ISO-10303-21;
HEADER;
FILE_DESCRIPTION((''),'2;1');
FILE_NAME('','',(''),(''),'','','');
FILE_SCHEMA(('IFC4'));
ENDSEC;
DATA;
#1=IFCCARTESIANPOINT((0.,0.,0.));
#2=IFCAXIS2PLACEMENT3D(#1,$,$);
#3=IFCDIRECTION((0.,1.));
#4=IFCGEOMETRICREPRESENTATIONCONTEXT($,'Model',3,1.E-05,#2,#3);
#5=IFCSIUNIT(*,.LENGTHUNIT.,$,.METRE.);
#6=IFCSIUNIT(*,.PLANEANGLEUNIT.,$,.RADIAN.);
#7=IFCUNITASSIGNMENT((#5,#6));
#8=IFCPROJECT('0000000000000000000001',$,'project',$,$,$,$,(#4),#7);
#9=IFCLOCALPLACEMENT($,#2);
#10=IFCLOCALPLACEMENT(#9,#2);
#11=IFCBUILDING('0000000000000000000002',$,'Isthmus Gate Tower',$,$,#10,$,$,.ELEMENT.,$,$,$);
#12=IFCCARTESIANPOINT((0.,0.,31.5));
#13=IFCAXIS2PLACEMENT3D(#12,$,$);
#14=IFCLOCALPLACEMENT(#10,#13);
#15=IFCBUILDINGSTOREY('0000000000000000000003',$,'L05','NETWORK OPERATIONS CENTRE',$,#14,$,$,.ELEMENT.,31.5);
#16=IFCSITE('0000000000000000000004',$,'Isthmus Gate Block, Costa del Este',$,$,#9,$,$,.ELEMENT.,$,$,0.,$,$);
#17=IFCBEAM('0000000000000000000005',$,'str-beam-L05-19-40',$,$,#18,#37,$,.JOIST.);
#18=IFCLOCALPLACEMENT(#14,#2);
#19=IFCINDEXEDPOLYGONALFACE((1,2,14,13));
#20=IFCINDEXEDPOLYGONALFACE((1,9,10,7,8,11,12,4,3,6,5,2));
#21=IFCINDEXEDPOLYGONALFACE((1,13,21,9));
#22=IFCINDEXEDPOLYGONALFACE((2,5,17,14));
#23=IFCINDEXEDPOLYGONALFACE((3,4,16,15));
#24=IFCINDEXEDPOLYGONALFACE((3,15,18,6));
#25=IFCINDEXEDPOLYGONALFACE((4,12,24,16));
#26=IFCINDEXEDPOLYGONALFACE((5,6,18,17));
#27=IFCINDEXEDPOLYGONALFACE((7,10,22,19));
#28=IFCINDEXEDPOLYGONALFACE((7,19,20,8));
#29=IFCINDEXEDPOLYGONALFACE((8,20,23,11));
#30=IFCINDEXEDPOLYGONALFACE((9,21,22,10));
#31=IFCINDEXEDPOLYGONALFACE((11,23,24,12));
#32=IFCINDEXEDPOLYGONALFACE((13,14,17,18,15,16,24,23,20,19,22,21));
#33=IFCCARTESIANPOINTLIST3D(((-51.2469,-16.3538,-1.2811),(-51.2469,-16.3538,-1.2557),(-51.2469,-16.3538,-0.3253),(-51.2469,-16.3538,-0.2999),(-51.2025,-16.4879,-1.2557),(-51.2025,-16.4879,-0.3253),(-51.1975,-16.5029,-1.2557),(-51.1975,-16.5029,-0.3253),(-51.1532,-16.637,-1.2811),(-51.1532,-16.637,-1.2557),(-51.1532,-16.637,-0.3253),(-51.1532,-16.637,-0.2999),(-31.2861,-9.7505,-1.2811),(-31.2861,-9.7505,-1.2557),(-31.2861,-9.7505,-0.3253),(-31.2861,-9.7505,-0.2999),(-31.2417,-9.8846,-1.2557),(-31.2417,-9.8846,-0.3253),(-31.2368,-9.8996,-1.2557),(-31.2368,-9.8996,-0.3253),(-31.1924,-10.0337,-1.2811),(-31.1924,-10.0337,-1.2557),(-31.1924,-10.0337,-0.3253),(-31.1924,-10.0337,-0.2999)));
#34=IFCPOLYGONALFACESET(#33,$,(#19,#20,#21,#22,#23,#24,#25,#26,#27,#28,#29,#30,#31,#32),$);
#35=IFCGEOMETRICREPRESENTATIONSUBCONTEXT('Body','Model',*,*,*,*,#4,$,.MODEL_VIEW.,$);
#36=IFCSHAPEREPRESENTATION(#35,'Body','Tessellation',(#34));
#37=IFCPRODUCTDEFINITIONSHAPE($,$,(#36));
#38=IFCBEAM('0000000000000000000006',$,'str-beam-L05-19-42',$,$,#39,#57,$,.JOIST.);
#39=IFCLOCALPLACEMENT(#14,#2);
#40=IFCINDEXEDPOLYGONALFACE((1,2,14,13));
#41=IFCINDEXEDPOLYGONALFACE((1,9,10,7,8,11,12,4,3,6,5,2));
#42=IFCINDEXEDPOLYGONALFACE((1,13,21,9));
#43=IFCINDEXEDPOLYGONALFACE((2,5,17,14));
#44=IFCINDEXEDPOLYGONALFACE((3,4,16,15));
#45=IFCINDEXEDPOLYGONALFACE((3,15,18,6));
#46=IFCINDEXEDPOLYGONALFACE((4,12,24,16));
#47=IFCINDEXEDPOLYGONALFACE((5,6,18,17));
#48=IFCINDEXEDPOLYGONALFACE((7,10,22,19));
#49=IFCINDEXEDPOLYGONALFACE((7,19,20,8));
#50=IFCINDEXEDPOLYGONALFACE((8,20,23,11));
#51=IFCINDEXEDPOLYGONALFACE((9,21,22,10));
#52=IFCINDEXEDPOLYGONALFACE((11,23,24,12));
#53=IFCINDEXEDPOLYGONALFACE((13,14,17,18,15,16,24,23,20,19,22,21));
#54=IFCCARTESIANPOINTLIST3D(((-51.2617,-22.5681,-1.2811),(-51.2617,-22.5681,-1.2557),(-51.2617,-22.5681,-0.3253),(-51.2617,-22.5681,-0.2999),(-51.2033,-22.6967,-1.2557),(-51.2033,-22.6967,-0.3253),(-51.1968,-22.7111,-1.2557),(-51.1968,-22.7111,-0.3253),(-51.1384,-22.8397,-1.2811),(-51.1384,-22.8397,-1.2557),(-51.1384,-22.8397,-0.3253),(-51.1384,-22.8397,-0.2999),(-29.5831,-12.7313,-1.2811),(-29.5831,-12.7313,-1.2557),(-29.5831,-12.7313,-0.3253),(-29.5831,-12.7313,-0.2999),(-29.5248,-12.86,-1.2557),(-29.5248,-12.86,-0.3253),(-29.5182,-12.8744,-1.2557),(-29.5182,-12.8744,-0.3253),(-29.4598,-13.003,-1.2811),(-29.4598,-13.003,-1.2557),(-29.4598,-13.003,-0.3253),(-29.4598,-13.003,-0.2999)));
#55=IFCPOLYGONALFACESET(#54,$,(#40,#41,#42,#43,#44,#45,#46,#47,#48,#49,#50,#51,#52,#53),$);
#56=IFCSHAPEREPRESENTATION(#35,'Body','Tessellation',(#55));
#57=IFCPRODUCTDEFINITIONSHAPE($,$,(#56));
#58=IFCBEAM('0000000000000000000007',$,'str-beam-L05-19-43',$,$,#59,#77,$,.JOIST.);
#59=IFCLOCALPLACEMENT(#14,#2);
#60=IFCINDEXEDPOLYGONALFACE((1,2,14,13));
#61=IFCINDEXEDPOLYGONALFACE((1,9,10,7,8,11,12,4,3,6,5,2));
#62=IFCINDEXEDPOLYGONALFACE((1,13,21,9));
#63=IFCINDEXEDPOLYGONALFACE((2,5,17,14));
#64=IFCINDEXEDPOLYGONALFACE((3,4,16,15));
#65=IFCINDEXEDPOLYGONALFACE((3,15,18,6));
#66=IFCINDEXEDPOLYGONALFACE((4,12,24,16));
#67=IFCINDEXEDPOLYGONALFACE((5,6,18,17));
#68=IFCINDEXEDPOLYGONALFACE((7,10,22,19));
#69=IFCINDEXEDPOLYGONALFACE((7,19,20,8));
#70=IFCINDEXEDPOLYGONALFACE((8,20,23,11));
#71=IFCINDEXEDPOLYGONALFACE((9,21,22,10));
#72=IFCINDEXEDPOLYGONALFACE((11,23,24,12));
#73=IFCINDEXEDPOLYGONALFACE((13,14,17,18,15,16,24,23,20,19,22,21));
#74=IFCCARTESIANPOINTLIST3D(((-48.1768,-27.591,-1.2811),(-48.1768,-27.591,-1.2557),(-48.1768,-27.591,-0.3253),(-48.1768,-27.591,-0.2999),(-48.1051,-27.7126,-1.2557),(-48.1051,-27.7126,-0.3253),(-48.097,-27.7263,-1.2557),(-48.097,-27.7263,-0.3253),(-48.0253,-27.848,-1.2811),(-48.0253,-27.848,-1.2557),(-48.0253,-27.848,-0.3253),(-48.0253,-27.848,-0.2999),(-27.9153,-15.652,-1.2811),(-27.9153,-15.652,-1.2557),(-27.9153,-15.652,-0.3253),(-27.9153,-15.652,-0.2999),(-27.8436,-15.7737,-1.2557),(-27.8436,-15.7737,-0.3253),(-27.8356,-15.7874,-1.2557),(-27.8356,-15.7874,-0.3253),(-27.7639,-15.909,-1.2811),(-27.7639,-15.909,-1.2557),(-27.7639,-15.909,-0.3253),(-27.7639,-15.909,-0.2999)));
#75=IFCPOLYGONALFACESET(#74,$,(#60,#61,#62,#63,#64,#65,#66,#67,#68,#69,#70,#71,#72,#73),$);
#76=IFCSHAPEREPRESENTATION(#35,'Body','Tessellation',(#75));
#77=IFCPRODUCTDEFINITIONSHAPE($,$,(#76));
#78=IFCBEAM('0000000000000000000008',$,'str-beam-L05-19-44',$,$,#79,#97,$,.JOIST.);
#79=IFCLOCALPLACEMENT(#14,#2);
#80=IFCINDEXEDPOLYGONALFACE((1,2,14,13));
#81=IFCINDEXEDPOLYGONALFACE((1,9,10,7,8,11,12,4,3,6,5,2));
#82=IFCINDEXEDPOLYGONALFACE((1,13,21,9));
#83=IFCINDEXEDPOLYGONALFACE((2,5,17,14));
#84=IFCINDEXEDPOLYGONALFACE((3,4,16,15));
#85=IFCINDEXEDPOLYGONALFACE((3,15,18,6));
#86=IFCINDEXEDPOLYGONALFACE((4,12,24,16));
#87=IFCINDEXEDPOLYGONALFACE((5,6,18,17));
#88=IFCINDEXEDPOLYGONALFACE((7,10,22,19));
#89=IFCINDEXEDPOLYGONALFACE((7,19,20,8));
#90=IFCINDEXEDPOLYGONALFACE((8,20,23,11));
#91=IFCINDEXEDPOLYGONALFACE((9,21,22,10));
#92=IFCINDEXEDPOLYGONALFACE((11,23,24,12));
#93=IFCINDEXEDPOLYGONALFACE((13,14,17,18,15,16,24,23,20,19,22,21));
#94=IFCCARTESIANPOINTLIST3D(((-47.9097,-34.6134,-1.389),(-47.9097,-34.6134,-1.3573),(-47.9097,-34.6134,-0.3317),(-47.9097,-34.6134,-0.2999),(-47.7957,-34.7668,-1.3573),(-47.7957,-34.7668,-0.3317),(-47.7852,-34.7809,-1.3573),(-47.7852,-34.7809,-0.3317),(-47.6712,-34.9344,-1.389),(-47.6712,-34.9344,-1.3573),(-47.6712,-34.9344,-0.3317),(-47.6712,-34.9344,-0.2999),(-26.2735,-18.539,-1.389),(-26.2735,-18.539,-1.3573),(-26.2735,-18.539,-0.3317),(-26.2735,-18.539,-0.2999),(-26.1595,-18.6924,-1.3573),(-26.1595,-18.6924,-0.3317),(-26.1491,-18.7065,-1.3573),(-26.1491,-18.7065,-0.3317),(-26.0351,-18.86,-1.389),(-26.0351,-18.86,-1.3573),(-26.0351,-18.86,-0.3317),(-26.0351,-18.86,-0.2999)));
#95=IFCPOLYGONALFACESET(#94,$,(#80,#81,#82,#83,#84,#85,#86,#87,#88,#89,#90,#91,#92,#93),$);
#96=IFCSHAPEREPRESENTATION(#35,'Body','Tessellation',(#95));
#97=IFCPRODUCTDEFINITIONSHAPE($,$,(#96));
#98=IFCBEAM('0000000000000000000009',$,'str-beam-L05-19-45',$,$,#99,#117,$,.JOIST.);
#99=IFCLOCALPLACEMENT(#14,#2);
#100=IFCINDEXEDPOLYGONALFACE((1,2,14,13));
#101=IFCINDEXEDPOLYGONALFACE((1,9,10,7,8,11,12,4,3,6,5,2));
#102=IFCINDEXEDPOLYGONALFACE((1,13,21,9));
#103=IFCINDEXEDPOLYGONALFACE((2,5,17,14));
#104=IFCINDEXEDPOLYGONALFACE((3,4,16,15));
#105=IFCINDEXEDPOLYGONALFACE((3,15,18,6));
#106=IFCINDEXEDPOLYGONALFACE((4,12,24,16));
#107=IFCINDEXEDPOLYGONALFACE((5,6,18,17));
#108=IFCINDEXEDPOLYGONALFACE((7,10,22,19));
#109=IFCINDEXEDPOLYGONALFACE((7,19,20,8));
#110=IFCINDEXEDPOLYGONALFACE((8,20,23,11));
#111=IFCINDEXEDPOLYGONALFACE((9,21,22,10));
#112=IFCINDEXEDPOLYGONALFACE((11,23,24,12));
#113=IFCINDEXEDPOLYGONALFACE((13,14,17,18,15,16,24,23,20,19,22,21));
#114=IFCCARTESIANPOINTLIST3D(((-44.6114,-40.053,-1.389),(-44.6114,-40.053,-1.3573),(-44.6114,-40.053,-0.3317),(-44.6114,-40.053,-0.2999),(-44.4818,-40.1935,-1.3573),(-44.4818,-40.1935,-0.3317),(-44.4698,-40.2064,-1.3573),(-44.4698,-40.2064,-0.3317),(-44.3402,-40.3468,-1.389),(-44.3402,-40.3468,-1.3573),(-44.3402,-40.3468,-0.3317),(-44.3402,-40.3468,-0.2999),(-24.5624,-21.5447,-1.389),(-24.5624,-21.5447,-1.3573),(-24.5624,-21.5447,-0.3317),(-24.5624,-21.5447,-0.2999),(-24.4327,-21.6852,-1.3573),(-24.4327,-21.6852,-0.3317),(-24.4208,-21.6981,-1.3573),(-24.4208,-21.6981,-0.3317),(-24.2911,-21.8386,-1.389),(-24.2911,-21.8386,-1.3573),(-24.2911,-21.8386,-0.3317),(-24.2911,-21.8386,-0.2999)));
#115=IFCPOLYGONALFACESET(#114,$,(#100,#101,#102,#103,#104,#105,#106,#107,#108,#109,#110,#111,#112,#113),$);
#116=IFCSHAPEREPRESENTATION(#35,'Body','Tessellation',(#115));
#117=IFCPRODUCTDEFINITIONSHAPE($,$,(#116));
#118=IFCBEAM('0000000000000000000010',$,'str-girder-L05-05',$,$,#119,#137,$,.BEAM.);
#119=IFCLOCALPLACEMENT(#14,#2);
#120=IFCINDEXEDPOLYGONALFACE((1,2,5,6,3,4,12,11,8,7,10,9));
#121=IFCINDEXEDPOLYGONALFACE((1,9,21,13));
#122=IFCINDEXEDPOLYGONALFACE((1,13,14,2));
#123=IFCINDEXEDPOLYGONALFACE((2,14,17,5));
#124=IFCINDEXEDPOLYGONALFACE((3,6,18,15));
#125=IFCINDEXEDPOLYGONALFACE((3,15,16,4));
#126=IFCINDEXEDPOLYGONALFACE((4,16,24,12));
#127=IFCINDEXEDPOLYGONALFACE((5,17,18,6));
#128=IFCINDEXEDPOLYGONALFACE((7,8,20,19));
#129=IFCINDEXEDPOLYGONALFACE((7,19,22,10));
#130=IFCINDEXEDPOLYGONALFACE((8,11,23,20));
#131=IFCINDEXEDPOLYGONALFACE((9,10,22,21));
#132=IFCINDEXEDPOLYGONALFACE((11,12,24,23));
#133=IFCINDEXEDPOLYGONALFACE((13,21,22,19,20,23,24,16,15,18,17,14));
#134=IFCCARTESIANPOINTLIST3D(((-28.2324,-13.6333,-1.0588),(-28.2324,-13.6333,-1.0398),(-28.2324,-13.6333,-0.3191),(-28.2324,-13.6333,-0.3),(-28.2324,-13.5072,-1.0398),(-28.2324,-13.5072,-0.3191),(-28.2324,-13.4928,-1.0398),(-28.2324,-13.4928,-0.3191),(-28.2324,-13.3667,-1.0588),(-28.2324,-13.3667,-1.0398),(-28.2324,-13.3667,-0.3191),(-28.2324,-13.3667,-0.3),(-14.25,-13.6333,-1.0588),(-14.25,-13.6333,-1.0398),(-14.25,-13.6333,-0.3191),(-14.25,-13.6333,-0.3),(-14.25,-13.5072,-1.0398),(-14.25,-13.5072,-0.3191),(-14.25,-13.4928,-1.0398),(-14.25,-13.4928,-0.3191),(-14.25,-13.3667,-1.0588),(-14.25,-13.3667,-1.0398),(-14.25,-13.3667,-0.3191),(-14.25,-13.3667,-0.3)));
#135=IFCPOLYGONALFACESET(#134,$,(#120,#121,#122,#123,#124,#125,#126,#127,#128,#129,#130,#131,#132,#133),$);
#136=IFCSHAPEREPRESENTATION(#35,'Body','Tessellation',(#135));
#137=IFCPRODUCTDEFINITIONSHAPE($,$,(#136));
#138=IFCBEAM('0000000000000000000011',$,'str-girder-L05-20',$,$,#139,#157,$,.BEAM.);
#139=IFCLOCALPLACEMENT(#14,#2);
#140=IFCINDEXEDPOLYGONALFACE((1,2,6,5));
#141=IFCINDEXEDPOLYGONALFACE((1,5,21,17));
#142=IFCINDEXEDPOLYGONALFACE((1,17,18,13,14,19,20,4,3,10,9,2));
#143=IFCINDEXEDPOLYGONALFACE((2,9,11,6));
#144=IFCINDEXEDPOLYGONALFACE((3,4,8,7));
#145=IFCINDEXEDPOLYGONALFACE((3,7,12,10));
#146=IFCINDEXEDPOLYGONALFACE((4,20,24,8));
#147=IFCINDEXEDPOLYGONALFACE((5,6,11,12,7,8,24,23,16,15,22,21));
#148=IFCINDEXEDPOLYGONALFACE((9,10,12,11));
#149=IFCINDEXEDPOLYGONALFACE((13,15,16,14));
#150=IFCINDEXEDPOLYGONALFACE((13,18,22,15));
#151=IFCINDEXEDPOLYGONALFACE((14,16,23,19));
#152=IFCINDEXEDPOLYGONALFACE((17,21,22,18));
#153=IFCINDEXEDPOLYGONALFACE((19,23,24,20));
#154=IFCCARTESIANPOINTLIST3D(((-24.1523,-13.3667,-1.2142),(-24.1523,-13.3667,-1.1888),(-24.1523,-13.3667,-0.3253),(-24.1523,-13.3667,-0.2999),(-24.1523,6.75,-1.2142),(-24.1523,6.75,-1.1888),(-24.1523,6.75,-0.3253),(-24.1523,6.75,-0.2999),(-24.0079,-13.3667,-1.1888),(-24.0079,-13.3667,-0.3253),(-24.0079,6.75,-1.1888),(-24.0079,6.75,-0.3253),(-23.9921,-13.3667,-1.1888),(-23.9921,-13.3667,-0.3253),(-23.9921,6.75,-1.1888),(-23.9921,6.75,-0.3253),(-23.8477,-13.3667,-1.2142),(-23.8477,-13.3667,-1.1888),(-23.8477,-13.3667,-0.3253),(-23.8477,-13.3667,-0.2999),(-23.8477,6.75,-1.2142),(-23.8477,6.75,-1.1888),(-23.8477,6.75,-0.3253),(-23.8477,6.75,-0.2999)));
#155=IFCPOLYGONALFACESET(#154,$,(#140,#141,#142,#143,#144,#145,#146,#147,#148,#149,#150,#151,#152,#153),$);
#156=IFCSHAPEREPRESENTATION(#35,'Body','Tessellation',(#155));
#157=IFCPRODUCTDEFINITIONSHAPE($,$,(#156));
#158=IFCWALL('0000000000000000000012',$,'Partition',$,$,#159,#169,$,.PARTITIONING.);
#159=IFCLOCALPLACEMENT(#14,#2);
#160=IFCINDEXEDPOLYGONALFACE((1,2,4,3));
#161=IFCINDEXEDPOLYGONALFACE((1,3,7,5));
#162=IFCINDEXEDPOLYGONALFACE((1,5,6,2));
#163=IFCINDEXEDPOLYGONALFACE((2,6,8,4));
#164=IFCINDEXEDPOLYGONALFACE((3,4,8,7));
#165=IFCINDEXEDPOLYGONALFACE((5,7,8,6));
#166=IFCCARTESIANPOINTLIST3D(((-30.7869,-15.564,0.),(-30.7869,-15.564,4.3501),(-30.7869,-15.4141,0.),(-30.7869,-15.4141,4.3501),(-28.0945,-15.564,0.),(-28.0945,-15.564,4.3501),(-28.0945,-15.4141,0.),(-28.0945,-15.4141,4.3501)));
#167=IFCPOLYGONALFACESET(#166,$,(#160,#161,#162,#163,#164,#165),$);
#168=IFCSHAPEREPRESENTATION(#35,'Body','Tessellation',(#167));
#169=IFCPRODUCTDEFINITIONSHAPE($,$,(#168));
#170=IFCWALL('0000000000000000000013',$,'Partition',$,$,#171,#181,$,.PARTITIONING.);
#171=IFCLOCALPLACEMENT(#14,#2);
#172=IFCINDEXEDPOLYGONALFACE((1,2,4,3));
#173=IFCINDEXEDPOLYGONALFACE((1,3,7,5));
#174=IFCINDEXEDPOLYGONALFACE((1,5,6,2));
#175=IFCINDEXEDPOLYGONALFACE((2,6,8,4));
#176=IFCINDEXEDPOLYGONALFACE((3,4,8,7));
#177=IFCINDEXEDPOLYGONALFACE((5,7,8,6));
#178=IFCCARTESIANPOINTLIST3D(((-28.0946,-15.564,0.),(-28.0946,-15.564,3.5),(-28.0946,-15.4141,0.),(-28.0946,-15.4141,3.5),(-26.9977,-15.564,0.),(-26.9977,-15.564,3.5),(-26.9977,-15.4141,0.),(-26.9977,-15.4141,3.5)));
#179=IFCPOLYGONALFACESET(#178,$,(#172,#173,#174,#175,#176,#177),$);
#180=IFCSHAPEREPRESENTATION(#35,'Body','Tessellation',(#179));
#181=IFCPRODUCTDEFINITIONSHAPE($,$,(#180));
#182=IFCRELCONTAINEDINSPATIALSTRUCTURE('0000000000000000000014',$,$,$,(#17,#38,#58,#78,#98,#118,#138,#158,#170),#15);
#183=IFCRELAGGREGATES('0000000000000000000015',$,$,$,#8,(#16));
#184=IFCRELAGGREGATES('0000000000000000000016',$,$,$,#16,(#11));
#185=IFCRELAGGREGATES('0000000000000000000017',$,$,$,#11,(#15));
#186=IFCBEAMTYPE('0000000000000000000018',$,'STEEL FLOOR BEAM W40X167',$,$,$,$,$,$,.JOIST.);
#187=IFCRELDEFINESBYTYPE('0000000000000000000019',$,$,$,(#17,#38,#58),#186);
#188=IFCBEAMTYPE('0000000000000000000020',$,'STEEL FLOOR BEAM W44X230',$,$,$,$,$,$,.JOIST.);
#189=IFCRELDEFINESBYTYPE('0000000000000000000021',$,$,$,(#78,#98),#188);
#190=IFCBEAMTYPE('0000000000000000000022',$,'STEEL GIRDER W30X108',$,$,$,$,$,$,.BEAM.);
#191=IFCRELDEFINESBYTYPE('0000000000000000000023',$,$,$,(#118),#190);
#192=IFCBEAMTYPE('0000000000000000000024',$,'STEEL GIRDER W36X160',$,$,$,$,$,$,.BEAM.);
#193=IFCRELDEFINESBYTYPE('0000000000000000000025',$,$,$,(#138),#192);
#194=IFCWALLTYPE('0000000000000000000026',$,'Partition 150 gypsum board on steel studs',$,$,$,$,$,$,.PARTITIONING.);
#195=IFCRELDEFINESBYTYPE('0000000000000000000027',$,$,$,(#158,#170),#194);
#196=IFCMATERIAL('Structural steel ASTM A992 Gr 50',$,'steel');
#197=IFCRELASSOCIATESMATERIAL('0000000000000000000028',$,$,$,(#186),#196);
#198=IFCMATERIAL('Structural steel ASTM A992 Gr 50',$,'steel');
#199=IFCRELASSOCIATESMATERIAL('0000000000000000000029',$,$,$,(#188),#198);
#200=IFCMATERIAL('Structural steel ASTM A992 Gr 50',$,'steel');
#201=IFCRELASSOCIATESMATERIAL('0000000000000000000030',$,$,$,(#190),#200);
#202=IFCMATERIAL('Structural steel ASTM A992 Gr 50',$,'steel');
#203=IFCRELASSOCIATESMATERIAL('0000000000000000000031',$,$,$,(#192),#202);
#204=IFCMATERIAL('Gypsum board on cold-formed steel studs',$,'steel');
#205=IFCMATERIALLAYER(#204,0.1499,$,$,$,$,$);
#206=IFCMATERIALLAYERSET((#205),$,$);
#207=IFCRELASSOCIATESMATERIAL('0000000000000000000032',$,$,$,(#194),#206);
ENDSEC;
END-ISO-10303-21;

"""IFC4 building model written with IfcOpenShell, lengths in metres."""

from ifc_helpers import new_model, si_unit, direction, frame, frame_2d, origin, origin_2d, place, context, subcontext, project, spatial, rectangle, i_section, extrude, material, layer, layer_set, material_profile, profile_set, type_object, element, save


model = new_model("IFC4")

# Units and contexts
model_context = context("Model", 3, precision=1e-05, world=origin(), true_north=direction((0.0, 1.0)))
body_context = subcontext(model_context, "Body", "Model", "MODEL_VIEW")
ifc_project = project(units=[si_unit("LENGTHUNIT", "METRE"), si_unit("PLANEANGLEUNIT", "RADIAN")], contexts=[model_context])

# Site, building, storey
site_placement = place(None, origin())
site = spatial("IfcSite", under=ifc_project, at=site_placement, Name="Isthmus Gate Block, Costa del Este", CompositionType="ELEMENT", RefElevation=0.0)
building_placement = place(site_placement, origin())
building = spatial("IfcBuilding", under=site, at=building_placement, Name="Isthmus Gate Tower", CompositionType="ELEMENT")
storey_placement = place(building_placement, frame((0.0, 0.0, 31.5)))
storey = spatial("IfcBuildingStorey", under=building, at=storey_placement, Name="L05", Description="NETWORK OPERATIONS CENTRE", CompositionType="ELEMENT", Elevation=31.5)

# Beams
ifc_material_1 = material(Name="Structural steel ASTM A992 Gr 50", Category="steel")
ifc_material_profile_1 = material_profile(ifc_material_1, i_section(OverallWidth=0.2983, OverallDepth=0.9812, WebThickness=0.0159, FlangeThickness=0.0254, at=origin_2d()), Name="W40X167")
ifc_profile_set_1 = profile_set([ifc_material_profile_1], Name="Structural steel ASTM A992 Gr 50")
beam_type_1 = type_object("IfcBeamType", Name="STEEL FLOOR BEAM W40X167", PredefinedType="JOIST", material=ifc_profile_set_1)
beam_1_placement = place(storey_placement, frame((-31.2393, -9.8921, -0.7905), z_axis=(-0.949398, -0.314074, 0.0), x_axis=(0.314074, -0.949398, 0.0)))
element("IfcBeam", 1, at=beam_1_placement, inside=storey, type_object=beam_type_1, Name="str-beam-L05-19-40", PredefinedType="JOIST", context=body_context, shape_type="SweptSolid", body=[
    extrude(i_section(OverallWidth=0.2983, OverallDepth=0.9812, WebThickness=0.0159, FlangeThickness=0.0254, at=origin_2d()), origin(), (0.0, 0.0, 1.0), 21.0247),
])
beam_2_placement = place(storey_placement, frame((-29.5215, -12.8672, -0.7905), z_axis=(-0.910638, -0.413205, 0.0), x_axis=(0.413205, -0.910638, 0.0)))
element("IfcBeam", 2, at=beam_2_placement, inside=storey, type_object=beam_type_1, Name="str-beam-L05-19-42", PredefinedType="JOIST", context=body_context, shape_type="SweptSolid", body=[
    extrude(i_section(OverallWidth=0.2983, OverallDepth=0.9812, WebThickness=0.0159, FlangeThickness=0.0254, at=origin_2d()), origin(), (0.0, 0.0, 1.0), 23.8059),
])
beam_3_placement = place(storey_placement, frame((-27.8396, -15.7805, -0.7905), z_axis=(-0.861554, -0.507666, 0.0), x_axis=(0.507666, -0.861554, 0.0)))
element("IfcBeam", 3, at=beam_3_placement, inside=storey, type_object=beam_type_1, Name="str-beam-L05-19-43", PredefinedType="JOIST", context=body_context, shape_type="SweptSolid", body=[
    extrude(i_section(OverallWidth=0.2983, OverallDepth=0.9812, WebThickness=0.0159, FlangeThickness=0.0254, at=origin_2d()), origin(), (0.0, 0.0, 1.0), 23.5173),
])
ifc_material_2 = material(Name="Structural steel ASTM A992 Gr 50", Category="steel")
ifc_material_profile_2 = material_profile(ifc_material_2, i_section(OverallWidth=0.3999, OverallDepth=1.0891, WebThickness=0.0176, FlangeThickness=0.0317, at=origin_2d()), Name="W44X230")
ifc_profile_set_2 = profile_set([ifc_material_profile_2], Name="Structural steel ASTM A992 Gr 50")
beam_type_2 = type_object("IfcBeamType", Name="STEEL FLOOR BEAM W44X230", PredefinedType="JOIST", material=ifc_profile_set_2)
beam_4_placement = place(storey_placement, frame((-26.1543, -18.6995, -0.8445), z_axis=(-0.802711, -0.596368, 0.0), x_axis=(0.596368, -0.802711, 0.0)))
element("IfcBeam", 4, at=beam_4_placement, inside=storey, type_object=beam_type_2, Name="str-beam-L05-19-44", PredefinedType="JOIST", context=body_context, shape_type="SweptSolid", body=[
    extrude(i_section(OverallWidth=0.3999, OverallDepth=1.0891, WebThickness=0.0176, FlangeThickness=0.0317, at=origin_2d()), origin(), (0.0, 0.0, 1.0), 26.9539),
])
beam_5_placement = place(storey_placement, frame((-24.4268, -21.6917, -0.8445), z_axis=(-0.734777, -0.678309, 0.0), x_axis=(0.678309, -0.734777, 0.0)))
element("IfcBeam", 5, at=beam_5_placement, inside=storey, type_object=beam_type_2, Name="str-beam-L05-19-45", PredefinedType="JOIST", context=body_context, shape_type="SweptSolid", body=[
    extrude(i_section(OverallWidth=0.3999, OverallDepth=1.0891, WebThickness=0.0176, FlangeThickness=0.0317, at=origin_2d()), origin(), (0.0, 0.0, 1.0), 27.2859),
])
ifc_material_3 = material(Name="Structural steel ASTM A992 Gr 50", Category="steel")
ifc_material_profile_3 = material_profile(ifc_material_3, i_section(OverallWidth=0.2666, OverallDepth=0.7588, WebThickness=0.0144, FlangeThickness=0.019, at=origin_2d()), Name="W30X108")
ifc_profile_set_3 = profile_set([ifc_material_profile_3], Name="Structural steel ASTM A992 Gr 50")
beam_type_3 = type_object("IfcBeamType", Name="STEEL GIRDER W30X108", PredefinedType="BEAM", material=ifc_profile_set_3)
beam_6_placement = place(storey_placement, frame((-28.2324, -13.5, -0.6794), z_axis=(1.0, 0.0, 0.0), x_axis=(0.0, 1.0, 0.0)))
element("IfcBeam", 6, at=beam_6_placement, inside=storey, type_object=beam_type_3, Name="str-girder-L05-05", PredefinedType="BEAM", context=body_context, shape_type="SweptSolid", body=[
    extrude(i_section(OverallWidth=0.2666, OverallDepth=0.7588, WebThickness=0.0144, FlangeThickness=0.019, at=origin_2d()), origin(), (0.0, 0.0, 1.0), 13.9824),
])
ifc_material_4 = material(Name="Structural steel ASTM A992 Gr 50", Category="steel")
ifc_material_profile_4 = material_profile(ifc_material_4, i_section(OverallWidth=0.3047, OverallDepth=0.9143, WebThickness=0.0159, FlangeThickness=0.0254, at=origin_2d()), Name="W36X160")
ifc_profile_set_4 = profile_set([ifc_material_profile_4], Name="Structural steel ASTM A992 Gr 50")
beam_type_4 = type_object("IfcBeamType", Name="STEEL GIRDER W36X160", PredefinedType="BEAM", material=ifc_profile_set_4)
beam_7_placement = place(storey_placement, frame((-24.0, -13.3667, -0.7571), z_axis=(0.0, 1.0, 0.0), x_axis=(-1.0, 0.0, 0.0)))
element("IfcBeam", 7, at=beam_7_placement, inside=storey, type_object=beam_type_4, Name="str-girder-L05-20", PredefinedType="BEAM", context=body_context, shape_type="SweptSolid", body=[
    extrude(i_section(OverallWidth=0.3047, OverallDepth=0.9143, WebThickness=0.0159, FlangeThickness=0.0254, at=origin_2d()), origin(), (0.0, 0.0, 1.0), 20.1167),
])

# Walls
ifc_material_5 = material(Name="Gypsum board on cold-formed steel studs", Category="steel")
ifc_layer = layer(ifc_material_5, 0.1499)
ifc_layer_set = layer_set([ifc_layer])
wall_type = type_object("IfcWallType", Name="Partition 150 gypsum board on steel studs", PredefinedType="PARTITIONING", material=ifc_layer_set)
wall_1_placement = place(storey_placement, frame((-30.7869, -15.489, 0.0), z_axis=(0.0, 0.0, 1.0), x_axis=(1.0, 0.0, 0.0)))
element("IfcWall", 8, at=wall_1_placement, inside=storey, type_object=wall_type, Name="Partition", PredefinedType="PARTITIONING", context=body_context, shape_type="SweptSolid", body=[
    extrude(rectangle(XDim=2.6924, YDim=0.1499, at=frame_2d((1.3462, 0.0))), origin(), (0.0, 0.0, 1.0), 4.3501),
])
wall_2_placement = place(storey_placement, frame((-28.0945, -15.489, 0.0), z_axis=(0.0, 0.0, 1.0), x_axis=(1.0, 0.0, 0.0)))
element("IfcWall", 9, at=wall_2_placement, inside=storey, type_object=wall_type, Name="Partition", PredefinedType="PARTITIONING", context=body_context, shape_type="SweptSolid", body=[
    extrude(rectangle(XDim=1.0969, YDim=0.1499, at=frame_2d((0.5483, 0.0))), origin(), (0.0, 0.0, 1.0), 3.5),
])

save(model, "model.ifc")
